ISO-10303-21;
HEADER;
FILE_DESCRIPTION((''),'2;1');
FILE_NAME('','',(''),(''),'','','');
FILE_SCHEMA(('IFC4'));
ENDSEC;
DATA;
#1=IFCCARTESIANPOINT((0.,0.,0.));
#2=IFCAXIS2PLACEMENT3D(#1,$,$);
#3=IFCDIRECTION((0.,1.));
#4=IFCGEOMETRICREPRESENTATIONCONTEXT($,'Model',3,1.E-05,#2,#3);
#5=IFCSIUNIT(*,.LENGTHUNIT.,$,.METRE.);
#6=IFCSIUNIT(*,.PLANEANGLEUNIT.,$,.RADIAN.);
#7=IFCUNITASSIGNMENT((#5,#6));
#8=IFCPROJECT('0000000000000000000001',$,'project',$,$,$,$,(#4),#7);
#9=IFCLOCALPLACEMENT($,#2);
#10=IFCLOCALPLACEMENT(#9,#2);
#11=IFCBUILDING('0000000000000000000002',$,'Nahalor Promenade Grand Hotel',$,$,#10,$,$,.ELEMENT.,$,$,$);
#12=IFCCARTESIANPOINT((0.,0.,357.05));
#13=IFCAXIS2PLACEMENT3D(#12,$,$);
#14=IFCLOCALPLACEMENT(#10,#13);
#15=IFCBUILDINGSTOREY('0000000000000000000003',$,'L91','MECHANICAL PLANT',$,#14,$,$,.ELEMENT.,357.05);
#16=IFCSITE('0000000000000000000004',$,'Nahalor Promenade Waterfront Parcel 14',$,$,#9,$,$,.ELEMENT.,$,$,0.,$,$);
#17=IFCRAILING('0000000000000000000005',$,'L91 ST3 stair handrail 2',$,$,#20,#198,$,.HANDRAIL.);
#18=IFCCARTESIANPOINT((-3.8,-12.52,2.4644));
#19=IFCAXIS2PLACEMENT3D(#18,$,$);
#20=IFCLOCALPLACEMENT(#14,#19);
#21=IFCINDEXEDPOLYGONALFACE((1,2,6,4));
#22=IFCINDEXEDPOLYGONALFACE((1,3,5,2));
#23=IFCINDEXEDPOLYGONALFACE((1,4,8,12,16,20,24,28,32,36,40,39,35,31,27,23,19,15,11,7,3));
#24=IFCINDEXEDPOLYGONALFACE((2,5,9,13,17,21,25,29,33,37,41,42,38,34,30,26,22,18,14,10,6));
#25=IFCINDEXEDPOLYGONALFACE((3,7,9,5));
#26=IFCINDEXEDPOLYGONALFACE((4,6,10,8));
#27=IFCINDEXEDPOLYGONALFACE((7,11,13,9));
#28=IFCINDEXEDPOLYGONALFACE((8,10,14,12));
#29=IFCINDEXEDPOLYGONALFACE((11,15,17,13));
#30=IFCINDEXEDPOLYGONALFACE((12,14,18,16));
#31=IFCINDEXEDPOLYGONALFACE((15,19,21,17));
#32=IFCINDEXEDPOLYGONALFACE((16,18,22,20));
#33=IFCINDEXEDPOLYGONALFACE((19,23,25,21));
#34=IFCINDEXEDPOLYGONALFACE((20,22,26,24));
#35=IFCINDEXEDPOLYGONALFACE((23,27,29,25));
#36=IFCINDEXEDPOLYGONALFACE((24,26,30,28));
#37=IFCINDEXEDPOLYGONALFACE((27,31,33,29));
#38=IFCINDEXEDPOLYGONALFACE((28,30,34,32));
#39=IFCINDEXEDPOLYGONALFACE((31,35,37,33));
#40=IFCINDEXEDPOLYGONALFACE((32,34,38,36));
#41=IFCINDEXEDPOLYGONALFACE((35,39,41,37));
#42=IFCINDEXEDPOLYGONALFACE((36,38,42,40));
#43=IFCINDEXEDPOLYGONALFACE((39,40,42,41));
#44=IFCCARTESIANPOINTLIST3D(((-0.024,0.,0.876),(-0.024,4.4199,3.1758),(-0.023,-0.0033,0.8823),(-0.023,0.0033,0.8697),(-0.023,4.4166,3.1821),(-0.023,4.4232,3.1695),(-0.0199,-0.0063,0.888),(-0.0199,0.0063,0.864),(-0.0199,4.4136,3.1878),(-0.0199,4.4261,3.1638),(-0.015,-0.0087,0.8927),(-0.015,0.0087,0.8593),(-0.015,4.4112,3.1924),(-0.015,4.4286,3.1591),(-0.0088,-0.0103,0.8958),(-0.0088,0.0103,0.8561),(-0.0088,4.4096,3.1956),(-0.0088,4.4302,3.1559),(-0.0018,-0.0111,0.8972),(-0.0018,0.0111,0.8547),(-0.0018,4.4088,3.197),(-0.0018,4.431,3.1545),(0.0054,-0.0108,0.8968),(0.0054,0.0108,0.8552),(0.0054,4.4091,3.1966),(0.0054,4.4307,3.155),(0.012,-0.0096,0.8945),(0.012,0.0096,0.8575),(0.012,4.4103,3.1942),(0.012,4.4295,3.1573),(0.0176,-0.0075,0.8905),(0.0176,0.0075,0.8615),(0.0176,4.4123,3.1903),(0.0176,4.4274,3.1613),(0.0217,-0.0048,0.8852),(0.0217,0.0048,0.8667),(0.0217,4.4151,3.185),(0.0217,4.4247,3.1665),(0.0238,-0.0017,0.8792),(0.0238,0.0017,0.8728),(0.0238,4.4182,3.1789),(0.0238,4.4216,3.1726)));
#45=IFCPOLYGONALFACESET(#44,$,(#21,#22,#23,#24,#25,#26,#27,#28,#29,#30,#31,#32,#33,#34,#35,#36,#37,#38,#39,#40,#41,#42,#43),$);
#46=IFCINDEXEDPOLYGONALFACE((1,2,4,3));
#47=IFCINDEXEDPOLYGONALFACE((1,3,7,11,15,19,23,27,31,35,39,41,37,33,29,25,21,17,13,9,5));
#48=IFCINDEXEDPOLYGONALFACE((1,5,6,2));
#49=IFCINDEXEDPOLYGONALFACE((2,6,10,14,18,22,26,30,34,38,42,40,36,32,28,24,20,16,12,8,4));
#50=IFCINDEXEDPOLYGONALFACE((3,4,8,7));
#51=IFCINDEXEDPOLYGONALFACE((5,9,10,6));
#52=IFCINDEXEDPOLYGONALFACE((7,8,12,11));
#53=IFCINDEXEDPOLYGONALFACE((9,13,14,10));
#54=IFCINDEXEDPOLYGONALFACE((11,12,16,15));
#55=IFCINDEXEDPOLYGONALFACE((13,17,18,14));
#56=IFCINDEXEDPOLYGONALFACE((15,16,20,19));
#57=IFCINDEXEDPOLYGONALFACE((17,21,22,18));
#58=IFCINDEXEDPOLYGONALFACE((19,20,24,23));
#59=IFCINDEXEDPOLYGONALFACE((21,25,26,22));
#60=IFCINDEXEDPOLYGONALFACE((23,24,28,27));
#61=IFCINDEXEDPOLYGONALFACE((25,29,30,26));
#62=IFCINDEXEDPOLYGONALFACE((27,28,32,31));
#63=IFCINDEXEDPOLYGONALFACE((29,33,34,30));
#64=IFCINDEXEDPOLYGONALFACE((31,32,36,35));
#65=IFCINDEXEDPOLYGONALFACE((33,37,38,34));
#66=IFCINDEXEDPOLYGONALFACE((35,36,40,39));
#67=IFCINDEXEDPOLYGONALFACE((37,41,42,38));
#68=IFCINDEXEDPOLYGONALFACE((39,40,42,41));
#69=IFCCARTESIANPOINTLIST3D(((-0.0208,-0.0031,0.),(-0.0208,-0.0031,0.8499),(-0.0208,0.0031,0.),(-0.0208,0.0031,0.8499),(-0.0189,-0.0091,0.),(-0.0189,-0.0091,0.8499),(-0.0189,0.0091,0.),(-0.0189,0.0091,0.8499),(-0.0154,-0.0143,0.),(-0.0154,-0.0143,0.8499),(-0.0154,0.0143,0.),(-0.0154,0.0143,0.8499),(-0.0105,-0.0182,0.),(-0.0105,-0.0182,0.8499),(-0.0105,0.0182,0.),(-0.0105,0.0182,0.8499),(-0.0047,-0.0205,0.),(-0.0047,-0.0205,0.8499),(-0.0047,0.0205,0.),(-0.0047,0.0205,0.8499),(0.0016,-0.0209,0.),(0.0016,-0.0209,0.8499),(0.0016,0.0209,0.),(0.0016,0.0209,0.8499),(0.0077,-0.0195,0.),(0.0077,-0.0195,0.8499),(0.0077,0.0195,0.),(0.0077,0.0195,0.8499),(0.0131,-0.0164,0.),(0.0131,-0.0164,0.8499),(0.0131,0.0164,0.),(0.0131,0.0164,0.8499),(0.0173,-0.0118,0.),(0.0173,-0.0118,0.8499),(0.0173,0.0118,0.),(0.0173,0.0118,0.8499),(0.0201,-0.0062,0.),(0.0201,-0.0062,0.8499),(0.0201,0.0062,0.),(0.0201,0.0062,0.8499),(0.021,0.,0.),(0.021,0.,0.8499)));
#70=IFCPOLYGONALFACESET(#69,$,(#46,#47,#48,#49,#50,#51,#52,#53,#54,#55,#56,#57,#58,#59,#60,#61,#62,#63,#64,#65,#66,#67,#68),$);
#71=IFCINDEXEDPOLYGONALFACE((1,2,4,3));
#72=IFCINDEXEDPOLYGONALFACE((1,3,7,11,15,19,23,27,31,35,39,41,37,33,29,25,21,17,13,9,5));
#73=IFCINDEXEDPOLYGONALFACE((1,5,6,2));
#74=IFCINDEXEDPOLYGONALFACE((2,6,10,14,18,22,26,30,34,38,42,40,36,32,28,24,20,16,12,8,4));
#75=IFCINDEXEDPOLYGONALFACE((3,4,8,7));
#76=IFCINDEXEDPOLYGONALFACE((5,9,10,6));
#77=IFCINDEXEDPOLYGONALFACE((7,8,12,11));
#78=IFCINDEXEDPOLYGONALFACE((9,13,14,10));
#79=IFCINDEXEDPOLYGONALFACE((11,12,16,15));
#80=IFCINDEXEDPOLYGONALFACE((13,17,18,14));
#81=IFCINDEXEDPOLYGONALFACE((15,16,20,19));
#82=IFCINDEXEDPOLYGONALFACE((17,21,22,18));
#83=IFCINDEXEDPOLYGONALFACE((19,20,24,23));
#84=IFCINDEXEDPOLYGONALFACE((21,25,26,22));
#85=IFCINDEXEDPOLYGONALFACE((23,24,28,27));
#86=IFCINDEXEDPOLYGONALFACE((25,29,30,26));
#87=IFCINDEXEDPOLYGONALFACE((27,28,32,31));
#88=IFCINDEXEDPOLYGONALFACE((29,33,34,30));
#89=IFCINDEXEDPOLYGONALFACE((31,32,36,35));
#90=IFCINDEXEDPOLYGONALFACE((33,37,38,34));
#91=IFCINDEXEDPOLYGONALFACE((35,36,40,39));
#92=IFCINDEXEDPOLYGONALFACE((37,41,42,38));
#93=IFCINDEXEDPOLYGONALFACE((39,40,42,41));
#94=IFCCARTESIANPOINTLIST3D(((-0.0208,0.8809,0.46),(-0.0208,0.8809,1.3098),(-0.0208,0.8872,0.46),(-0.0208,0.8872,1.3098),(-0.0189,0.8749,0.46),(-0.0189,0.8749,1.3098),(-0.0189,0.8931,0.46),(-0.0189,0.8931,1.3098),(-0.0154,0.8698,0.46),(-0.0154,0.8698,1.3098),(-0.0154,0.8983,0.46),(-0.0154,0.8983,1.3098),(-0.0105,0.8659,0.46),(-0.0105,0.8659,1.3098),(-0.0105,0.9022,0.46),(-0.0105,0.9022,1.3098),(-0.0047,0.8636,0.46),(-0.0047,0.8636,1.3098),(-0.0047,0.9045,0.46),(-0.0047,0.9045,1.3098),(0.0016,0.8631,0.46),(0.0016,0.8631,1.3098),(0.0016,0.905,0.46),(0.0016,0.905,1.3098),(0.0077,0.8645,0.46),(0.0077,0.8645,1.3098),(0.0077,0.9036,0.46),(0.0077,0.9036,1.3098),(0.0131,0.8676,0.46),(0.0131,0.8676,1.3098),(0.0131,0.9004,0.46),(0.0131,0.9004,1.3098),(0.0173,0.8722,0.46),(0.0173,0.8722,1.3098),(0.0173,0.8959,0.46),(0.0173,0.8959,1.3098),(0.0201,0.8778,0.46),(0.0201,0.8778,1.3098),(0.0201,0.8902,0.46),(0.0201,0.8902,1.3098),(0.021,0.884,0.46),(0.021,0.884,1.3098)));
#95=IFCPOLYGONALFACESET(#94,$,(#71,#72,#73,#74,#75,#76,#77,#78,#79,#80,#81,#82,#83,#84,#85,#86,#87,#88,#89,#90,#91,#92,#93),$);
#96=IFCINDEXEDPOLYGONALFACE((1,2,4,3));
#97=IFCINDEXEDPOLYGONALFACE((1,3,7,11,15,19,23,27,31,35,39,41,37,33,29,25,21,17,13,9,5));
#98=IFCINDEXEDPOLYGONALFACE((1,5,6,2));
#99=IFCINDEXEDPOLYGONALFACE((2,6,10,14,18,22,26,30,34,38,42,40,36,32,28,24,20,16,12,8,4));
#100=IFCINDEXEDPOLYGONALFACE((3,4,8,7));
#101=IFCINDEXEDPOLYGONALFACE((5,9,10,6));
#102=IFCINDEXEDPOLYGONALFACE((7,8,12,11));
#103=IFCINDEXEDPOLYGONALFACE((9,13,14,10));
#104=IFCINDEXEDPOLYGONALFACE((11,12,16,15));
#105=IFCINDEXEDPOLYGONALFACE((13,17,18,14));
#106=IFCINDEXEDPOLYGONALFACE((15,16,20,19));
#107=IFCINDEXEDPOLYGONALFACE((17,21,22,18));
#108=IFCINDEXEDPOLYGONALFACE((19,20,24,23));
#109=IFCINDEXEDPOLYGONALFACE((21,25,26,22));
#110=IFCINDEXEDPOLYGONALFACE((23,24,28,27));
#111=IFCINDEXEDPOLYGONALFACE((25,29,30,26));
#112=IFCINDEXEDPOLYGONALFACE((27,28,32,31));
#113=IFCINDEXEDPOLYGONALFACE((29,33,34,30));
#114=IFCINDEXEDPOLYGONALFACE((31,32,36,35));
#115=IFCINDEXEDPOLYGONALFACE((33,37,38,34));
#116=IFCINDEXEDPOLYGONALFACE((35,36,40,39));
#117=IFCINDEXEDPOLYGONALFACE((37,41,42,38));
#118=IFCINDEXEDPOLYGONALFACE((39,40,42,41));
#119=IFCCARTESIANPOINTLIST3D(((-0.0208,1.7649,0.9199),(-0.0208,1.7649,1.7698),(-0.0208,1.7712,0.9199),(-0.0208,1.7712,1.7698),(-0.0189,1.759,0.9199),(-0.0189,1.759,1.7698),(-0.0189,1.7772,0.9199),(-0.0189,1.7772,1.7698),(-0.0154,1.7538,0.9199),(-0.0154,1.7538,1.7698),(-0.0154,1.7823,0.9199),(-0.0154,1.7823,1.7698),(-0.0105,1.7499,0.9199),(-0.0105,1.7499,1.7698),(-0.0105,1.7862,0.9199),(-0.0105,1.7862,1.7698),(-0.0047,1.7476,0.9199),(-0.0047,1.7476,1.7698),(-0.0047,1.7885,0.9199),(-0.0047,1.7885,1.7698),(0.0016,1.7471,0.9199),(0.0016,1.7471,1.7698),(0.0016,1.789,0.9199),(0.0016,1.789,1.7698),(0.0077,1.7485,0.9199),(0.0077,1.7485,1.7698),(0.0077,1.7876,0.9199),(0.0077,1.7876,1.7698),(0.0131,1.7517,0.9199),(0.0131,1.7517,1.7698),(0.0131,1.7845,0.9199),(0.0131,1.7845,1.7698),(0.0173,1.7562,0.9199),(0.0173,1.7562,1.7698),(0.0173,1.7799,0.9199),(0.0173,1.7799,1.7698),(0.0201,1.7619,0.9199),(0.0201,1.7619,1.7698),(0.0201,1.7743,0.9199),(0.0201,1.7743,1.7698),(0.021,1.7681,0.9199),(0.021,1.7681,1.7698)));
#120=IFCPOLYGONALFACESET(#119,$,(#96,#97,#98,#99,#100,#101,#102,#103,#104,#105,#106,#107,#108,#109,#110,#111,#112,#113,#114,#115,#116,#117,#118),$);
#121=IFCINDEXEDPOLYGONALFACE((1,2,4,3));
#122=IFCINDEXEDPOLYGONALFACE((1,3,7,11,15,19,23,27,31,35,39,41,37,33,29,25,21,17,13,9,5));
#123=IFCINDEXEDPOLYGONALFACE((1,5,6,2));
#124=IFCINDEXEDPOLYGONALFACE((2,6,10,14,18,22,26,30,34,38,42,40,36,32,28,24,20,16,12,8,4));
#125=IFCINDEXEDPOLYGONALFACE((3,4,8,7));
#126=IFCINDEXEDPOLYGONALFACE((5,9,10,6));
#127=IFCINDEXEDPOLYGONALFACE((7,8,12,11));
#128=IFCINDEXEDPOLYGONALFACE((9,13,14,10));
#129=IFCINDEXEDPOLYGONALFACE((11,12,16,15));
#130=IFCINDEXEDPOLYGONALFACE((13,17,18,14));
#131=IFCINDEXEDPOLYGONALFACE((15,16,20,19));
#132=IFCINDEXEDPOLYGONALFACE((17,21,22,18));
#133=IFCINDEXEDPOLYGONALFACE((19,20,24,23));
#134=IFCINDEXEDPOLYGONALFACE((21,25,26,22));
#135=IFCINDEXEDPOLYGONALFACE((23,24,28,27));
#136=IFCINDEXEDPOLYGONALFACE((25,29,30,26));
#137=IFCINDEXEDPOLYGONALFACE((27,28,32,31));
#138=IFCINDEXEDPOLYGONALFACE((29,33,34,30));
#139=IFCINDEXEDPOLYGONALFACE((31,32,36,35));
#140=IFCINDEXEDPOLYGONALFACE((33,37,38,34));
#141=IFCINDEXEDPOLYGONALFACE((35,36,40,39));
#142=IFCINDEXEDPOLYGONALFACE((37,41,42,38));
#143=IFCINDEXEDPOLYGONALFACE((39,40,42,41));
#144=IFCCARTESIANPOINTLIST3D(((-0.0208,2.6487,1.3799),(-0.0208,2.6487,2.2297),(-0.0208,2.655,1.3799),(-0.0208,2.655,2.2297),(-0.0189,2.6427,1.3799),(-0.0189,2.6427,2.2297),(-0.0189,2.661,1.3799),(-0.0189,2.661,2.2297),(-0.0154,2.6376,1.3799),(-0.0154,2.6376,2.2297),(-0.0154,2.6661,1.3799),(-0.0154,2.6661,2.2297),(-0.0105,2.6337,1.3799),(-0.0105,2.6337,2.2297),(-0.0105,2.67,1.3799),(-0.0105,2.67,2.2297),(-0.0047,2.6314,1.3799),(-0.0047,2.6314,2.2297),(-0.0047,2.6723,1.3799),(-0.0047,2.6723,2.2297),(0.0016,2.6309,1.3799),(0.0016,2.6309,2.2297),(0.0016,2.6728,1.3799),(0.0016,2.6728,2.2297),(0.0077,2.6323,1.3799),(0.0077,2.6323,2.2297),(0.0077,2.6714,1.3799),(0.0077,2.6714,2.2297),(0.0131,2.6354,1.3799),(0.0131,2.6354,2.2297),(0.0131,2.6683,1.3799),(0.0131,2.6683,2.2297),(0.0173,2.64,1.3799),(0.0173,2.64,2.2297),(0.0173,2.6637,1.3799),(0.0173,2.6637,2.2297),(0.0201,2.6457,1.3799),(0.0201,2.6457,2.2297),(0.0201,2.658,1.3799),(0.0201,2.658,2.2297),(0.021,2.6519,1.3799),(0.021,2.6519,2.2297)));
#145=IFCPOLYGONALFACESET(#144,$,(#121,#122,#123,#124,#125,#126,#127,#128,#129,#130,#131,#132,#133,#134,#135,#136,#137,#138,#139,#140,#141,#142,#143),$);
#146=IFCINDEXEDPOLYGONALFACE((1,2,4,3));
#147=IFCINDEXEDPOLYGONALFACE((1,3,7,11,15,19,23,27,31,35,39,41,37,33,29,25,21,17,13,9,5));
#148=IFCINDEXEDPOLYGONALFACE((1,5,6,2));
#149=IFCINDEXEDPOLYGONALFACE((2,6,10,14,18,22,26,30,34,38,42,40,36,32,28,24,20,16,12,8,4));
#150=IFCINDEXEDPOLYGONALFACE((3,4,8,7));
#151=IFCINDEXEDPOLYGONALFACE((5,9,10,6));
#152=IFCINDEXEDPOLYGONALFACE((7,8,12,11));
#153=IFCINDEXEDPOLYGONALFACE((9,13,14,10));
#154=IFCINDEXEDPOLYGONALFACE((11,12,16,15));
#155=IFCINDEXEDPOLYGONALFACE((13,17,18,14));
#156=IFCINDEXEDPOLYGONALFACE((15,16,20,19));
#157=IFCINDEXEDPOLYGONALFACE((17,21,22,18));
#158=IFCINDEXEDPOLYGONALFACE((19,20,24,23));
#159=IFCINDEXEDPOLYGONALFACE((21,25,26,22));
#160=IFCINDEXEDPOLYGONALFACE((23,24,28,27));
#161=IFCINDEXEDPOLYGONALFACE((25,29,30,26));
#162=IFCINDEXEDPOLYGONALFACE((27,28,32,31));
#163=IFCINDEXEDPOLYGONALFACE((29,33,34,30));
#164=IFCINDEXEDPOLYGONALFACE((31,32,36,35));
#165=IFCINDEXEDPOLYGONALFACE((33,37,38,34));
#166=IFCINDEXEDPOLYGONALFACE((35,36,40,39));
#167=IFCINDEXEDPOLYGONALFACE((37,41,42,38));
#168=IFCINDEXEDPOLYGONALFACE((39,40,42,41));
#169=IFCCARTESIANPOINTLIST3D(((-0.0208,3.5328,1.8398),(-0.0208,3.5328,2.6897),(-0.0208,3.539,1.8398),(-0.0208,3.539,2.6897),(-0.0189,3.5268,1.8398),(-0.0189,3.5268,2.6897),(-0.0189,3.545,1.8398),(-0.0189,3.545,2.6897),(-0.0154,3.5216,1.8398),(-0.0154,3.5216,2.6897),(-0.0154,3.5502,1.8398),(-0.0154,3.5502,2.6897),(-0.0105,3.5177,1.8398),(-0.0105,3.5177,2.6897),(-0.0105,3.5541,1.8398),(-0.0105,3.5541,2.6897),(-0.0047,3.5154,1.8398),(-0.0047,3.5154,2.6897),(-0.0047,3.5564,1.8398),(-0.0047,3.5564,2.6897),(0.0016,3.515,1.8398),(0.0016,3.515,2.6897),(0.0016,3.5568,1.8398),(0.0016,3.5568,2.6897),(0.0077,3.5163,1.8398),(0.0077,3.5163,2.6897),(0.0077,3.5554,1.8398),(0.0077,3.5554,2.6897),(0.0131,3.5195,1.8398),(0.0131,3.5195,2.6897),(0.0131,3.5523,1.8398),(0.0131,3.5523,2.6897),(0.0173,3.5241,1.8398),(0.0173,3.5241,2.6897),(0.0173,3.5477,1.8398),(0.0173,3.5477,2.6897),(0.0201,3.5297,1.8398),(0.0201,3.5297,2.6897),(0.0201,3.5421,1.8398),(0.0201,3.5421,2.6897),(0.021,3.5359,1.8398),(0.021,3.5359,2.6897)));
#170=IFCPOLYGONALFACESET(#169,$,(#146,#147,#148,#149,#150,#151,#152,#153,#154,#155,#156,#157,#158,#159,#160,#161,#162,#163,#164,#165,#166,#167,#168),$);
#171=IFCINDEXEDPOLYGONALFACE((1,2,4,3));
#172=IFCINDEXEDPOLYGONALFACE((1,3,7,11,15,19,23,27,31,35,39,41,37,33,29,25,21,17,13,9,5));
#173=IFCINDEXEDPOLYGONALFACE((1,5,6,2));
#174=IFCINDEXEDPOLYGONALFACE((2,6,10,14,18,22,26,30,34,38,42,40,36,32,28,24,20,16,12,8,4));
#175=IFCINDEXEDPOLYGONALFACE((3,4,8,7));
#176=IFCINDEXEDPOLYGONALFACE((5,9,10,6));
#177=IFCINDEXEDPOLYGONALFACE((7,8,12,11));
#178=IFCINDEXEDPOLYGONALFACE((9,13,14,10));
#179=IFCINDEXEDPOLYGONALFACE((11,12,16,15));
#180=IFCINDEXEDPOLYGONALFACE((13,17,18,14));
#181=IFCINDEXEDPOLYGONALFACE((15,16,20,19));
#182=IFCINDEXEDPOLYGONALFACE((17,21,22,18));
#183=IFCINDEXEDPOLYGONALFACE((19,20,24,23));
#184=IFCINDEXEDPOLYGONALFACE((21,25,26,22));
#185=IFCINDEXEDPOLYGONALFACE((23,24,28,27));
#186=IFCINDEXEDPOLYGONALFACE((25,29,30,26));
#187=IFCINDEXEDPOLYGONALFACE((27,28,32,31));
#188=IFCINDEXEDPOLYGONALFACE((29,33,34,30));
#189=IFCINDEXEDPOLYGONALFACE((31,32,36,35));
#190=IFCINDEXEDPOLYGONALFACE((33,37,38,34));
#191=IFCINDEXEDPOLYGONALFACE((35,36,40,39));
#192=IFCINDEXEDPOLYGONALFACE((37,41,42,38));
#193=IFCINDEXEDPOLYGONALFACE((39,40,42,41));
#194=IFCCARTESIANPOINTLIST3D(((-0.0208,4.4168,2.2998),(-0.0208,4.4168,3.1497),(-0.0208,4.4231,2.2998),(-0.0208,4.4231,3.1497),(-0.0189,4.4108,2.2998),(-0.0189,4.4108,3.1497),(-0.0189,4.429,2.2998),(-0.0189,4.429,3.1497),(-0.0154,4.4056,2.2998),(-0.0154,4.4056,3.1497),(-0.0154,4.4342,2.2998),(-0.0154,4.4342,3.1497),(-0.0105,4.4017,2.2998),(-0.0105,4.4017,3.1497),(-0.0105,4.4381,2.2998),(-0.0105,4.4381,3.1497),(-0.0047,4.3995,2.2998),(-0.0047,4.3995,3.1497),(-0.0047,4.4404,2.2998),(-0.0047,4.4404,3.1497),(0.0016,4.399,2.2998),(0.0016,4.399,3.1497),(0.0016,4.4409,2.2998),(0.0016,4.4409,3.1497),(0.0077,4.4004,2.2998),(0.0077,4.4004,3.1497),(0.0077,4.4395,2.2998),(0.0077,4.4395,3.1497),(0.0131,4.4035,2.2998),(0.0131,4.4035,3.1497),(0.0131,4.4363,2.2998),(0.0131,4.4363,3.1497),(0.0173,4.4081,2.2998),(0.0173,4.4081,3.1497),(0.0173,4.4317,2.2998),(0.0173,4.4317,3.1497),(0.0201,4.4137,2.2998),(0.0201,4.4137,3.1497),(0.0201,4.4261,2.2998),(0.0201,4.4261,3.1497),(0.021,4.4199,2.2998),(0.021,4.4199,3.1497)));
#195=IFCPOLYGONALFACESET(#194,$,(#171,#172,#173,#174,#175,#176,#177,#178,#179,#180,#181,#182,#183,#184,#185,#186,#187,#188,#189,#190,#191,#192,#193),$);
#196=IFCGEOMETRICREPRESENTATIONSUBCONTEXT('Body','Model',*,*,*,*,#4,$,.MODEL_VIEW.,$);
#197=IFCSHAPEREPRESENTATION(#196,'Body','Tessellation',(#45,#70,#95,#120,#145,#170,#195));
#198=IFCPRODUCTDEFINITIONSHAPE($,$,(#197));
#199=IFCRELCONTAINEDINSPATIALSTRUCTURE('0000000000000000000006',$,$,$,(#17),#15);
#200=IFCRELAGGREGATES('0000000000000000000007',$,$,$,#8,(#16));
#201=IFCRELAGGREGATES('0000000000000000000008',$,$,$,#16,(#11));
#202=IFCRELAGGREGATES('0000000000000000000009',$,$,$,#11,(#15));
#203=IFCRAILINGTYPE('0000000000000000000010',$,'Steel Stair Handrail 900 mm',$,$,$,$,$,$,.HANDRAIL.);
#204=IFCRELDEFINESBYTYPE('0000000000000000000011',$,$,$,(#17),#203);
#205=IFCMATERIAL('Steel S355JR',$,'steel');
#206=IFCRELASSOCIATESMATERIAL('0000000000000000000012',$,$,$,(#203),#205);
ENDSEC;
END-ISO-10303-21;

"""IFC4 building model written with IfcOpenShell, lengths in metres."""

from ifc_helpers import new_model, si_unit, direction, frame, origin, origin_2d, place, context, subcontext, project, spatial, circle, extrude, material, type_object, element, save


model = new_model("IFC4")

# Units and contexts
model_context = context("Model", 3, precision=1e-05, world=origin(), true_north=direction((0.0, 1.0)))
body_context = subcontext(model_context, "Body", "Model", "MODEL_VIEW")
ifc_project = project(units=[si_unit("LENGTHUNIT", "METRE"), si_unit("PLANEANGLEUNIT", "RADIAN")], contexts=[model_context])

# Site, building, storey
site_placement = place(None, origin())
site = spatial("IfcSite", under=ifc_project, at=site_placement, Name="Nahalor Promenade Waterfront Parcel 14", CompositionType="ELEMENT", RefElevation=0.0)
building_placement = place(site_placement, origin())
building = spatial("IfcBuilding", under=site, at=building_placement, Name="Nahalor Promenade Grand Hotel", CompositionType="ELEMENT")
storey_placement = place(building_placement, frame((0.0, 0.0, 357.05)))
storey = spatial("IfcBuildingStorey", under=building, at=storey_placement, Name="L91", Description="MECHANICAL PLANT", CompositionType="ELEMENT", Elevation=357.05)

# Shared definitions
ifc_material_1 = material(Name="Steel S355JR", Category="steel")

# Railing
railing_type_1 = type_object("IfcRailingType", Name="Steel Stair Handrail 900 mm", PredefinedType="HANDRAIL", material=ifc_material_1)
railing_1_placement = place(storey_placement, frame((-3.8, -12.52, 2.4644)))
element("IfcRailing", 1, at=railing_1_placement, inside=storey, type_object=railing_type_1, Name="L91 ST3 stair handrail 2", PredefinedType="HANDRAIL", context=body_context, shape_type="SweptSolid", body=[
    extrude(circle(Radius=0.024, at=origin_2d()), frame((0.0, 0.0, 0.876), z_axis=(0.0, 0.887098, 0.461581), x_axis=(-1.0, 0.0, 0.0)), (0.0, 0.0, 1.0), 4.9824),
    extrude(circle(Radius=0.021, at=origin_2d()), origin(), (0.0, 0.0, 1.0), 0.8499),
    extrude(circle(Radius=0.021, at=origin_2d()), frame((0.0, 0.884, 0.46)), (0.0, 0.0, 1.0), 0.8499),
    extrude(circle(Radius=0.021, at=origin_2d()), frame((0.0, 1.7681, 0.9199)), (0.0, 0.0, 1.0), 0.8499),
    extrude(circle(Radius=0.021, at=origin_2d()), frame((0.0, 2.6519, 1.3799)), (0.0, 0.0, 1.0), 0.8499),
    extrude(circle(Radius=0.021, at=origin_2d()), frame((0.0, 3.5359, 1.8398)), (0.0, 0.0, 1.0), 0.8499),
    extrude(circle(Radius=0.021, at=origin_2d()), frame((0.0, 4.4199, 2.2998)), (0.0, 0.0, 1.0), 0.8499),
])

save(model, "model.ifc")
